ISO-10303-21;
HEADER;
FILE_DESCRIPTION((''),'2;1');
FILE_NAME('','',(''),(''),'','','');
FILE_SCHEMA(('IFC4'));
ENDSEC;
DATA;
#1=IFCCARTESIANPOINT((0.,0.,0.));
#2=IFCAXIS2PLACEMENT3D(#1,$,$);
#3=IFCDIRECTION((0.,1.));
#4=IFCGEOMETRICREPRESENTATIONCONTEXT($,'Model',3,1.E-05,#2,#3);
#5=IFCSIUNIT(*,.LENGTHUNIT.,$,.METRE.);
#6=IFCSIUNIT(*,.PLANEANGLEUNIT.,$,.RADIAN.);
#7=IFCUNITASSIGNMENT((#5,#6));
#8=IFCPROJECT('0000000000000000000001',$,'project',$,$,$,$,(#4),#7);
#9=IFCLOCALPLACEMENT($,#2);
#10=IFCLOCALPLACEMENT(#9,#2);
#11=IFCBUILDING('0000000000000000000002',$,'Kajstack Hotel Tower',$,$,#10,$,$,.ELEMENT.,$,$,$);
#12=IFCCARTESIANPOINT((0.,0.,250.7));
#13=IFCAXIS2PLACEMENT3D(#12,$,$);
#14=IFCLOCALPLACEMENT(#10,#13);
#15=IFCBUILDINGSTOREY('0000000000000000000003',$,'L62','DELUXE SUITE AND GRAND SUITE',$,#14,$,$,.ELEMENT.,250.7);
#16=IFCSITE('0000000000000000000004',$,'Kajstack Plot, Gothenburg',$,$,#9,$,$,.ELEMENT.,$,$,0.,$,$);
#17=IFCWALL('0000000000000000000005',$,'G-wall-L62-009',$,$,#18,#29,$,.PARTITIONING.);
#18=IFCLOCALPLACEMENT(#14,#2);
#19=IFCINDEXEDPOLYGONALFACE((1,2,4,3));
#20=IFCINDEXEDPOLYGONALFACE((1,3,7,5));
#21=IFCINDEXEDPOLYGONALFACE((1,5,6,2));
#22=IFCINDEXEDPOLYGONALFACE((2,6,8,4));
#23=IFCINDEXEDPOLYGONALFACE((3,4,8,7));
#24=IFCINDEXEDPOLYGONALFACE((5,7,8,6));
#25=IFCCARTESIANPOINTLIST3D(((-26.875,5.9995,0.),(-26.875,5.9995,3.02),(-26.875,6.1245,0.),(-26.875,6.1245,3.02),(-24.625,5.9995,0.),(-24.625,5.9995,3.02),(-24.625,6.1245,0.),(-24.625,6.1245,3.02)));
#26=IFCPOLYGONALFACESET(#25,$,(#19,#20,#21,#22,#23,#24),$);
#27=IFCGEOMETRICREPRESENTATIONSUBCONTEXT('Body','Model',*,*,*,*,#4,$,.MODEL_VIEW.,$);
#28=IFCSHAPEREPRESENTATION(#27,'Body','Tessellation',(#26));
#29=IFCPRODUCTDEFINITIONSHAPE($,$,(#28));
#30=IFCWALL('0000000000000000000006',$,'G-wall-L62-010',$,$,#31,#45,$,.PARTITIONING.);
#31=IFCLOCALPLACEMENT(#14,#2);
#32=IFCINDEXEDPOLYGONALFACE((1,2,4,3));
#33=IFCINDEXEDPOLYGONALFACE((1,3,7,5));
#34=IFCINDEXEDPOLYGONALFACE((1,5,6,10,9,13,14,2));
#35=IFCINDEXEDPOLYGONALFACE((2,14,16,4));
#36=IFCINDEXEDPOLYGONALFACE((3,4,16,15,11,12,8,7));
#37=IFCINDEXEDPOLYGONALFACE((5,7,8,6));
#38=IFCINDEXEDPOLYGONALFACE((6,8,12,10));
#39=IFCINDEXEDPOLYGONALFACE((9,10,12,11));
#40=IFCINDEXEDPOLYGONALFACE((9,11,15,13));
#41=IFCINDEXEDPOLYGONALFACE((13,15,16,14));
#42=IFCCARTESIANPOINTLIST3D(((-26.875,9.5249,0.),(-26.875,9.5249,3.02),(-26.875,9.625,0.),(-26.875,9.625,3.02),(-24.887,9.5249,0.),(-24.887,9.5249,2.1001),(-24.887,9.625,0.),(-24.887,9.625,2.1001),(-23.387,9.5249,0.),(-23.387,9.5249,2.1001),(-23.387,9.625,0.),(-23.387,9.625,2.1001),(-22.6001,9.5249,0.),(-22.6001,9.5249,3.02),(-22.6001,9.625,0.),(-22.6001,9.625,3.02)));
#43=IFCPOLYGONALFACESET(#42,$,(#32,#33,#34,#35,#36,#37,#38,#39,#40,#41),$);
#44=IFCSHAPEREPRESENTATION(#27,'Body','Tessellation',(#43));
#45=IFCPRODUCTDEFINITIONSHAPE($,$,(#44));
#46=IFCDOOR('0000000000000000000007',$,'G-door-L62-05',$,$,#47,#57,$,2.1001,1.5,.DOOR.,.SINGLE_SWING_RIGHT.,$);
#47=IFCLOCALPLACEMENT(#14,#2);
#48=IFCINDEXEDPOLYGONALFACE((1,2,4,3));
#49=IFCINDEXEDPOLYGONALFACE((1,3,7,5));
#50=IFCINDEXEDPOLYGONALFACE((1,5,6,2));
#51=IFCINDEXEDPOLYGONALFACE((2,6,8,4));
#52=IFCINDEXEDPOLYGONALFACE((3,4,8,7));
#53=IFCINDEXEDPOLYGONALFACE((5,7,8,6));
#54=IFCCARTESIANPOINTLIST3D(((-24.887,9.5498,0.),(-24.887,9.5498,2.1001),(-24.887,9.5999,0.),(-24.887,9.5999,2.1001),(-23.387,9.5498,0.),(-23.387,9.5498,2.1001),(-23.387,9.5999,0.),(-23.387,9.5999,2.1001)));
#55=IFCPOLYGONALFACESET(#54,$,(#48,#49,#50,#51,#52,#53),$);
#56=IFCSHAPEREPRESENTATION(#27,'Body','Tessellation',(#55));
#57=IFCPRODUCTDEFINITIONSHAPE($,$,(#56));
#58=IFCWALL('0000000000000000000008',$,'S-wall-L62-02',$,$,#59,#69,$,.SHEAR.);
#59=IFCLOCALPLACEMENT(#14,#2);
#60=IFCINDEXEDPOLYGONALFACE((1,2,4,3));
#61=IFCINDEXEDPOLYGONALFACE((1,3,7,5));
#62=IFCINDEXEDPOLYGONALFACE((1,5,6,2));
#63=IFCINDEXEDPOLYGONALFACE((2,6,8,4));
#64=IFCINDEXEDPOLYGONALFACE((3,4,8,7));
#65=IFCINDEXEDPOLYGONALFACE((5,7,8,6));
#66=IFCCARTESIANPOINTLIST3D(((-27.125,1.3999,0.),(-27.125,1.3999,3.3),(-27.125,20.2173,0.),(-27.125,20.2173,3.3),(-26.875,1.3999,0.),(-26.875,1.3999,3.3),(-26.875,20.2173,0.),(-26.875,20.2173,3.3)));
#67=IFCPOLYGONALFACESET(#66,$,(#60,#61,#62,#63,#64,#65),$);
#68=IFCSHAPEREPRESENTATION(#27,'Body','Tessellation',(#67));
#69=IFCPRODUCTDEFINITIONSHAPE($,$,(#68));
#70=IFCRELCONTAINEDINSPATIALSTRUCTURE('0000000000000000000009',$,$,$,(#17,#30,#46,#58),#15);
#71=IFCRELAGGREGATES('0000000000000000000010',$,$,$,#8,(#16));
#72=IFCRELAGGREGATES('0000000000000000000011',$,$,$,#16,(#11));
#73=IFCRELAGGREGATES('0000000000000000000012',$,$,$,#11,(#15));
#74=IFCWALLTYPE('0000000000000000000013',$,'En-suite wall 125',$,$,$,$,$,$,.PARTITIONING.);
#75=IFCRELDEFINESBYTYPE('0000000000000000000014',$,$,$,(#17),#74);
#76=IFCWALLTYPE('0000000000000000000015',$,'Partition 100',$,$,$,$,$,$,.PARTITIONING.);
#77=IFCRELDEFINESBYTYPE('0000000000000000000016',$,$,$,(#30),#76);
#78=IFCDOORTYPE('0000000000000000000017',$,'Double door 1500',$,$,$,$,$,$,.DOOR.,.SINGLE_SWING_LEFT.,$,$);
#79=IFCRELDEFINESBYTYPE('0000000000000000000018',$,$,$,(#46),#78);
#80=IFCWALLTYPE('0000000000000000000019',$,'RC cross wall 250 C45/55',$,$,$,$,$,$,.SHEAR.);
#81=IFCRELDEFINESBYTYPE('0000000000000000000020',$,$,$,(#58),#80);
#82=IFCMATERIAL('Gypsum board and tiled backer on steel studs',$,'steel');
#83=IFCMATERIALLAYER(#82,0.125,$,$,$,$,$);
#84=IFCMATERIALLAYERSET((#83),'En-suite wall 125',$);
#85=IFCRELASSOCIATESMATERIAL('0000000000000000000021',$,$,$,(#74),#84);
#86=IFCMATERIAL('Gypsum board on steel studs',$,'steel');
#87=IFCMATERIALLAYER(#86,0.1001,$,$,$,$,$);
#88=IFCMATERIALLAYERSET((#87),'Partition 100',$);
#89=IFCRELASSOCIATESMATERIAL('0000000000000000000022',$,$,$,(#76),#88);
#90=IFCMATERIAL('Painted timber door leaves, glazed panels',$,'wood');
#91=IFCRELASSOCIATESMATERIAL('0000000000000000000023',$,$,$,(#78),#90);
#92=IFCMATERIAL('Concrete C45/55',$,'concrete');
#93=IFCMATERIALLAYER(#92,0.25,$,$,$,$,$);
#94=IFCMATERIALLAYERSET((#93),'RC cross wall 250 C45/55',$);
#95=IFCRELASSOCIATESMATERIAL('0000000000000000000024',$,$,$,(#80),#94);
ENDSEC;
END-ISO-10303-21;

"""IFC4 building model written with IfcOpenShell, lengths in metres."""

from ifc_helpers import new_model, si_unit, direction, frame, frame_2d, origin, place, context, subcontext, project, spatial, rectangle, extrude, material, layer, layer_set, type_object, element, fill, save


model = new_model("IFC4")

# Units and contexts
model_context = context("Model", 3, precision=1e-05, world=origin(), true_north=direction((0.0, 1.0)))
body_context = subcontext(model_context, "Body", "Model", "MODEL_VIEW")
ifc_project = project(units=[si_unit("LENGTHUNIT", "METRE"), si_unit("PLANEANGLEUNIT", "RADIAN")], contexts=[model_context])

# Site, building, storey
site_placement = place(None, origin())
site = spatial("IfcSite", under=ifc_project, at=site_placement, Name="Kajstack Plot, Gothenburg", CompositionType="ELEMENT", RefElevation=0.0)
building_placement = place(site_placement, origin())
building = spatial("IfcBuilding", under=site, at=building_placement, Name="Kajstack Hotel Tower", CompositionType="ELEMENT")
storey_placement = place(building_placement, frame((0.0, 0.0, 250.7)))
storey = spatial("IfcBuildingStorey", under=building, at=storey_placement, Name="L62", Description="DELUXE SUITE AND GRAND SUITE", CompositionType="ELEMENT", Elevation=250.7)

# Shared definitions
ifc_material_1 = material(Name="Gypsum board and tiled backer on steel studs", Category="steel")
ifc_layer_1 = layer(ifc_material_1, 0.125)
ifc_layer_set_1 = layer_set([ifc_layer_1], Name="En-suite wall 125")
wall_type_1 = type_object("IfcWallType", Name="En-suite wall 125", PredefinedType="PARTITIONING", material=ifc_layer_set_1)

# Wall
wall_1_placement = place(storey_placement, frame((-26.875, 6.062, 0.0), z_axis=(0.0, 0.0, 1.0), x_axis=(1.0, 0.0, 0.0)))
element("IfcWall", 1, at=wall_1_placement, inside=storey, type_object=wall_type_1, Name="G-wall-L62-009", PredefinedType="PARTITIONING", context=body_context, shape_type="SweptSolid", body=[
    extrude(rectangle(XDim=2.25, YDim=0.125, at=frame_2d((1.125, 0.0))), origin(), (0.0, 0.0, 1.0), 3.02),
])

# Wall, opening, door
ifc_material_2 = material(Name="Gypsum board on steel studs", Category="steel")
ifc_layer_2 = layer(ifc_material_2, 0.1001)
ifc_layer_set_2 = layer_set([ifc_layer_2], Name="Partition 100")
wall_type_2 = type_object("IfcWallType", Name="Partition 100", PredefinedType="PARTITIONING", material=ifc_layer_set_2)
wall_2_placement = place(storey_placement, frame((-26.875, 9.575, 0.0), z_axis=(0.0, 0.0, 1.0), x_axis=(1.0, 0.0, 0.0)))
wall_2 = element("IfcWall", 2, at=wall_2_placement, inside=storey, type_object=wall_type_2, Name="G-wall-L62-010", PredefinedType="PARTITIONING", context=body_context, shape_type="SweptSolid", body=[
    extrude(rectangle(XDim=4.2749, YDim=0.1001, at=frame_2d((2.1375, 0.0))), origin(), (0.0, 0.0, 1.0), 3.02),
])
opening_1_placement = place(wall_2_placement, frame((1.988, 0.0, 0.0)))
opening_1 = element("IfcOpeningElement", 3, at=opening_1_placement, cuts=wall_2, PredefinedType="OPENING", context=body_context, shape_type="SweptSolid", body=[
    extrude(rectangle(XDim=1.5, YDim=2.1001, at=frame_2d((0.75, 1.05))), frame((0.0, 0.0601, 0.0), z_axis=(0.0, -1.0, 0.0), x_axis=(1.0, 0.0, 0.0)), (0.0, 0.0, 1.0), 0.1201),
])
ifc_material_3 = material(Name="Painted timber door leaves, glazed panels", Category="wood")
door_type_1 = type_object("IfcDoorType", Name="Double door 1500", OperationType="SINGLE_SWING_LEFT", PredefinedType="DOOR", material=ifc_material_3)
door_1_placement = place(opening_1_placement, origin())
door_1 = element("IfcDoor", 4, at=door_1_placement, inside=storey, type_object=door_type_1, Name="G-door-L62-05", OperationType="SINGLE_SWING_RIGHT", OverallHeight=2.1001, OverallWidth=1.5, PredefinedType="DOOR", context=body_context, shape_type="SweptSolid", body=[
    extrude(rectangle(XDim=1.5, YDim=2.1001, at=frame_2d((0.75, 1.05))), frame((0.0, 0.0249, 0.0), z_axis=(0.0, -1.0, 0.0), x_axis=(1.0, 0.0, 0.0)), (0.0, 0.0, 1.0), 0.05),
])
fill(opening_1, door_1)

# Wall
ifc_material_4 = material(Name="Concrete C45/55", Category="concrete")
ifc_layer_3 = layer(ifc_material_4, 0.25)
ifc_layer_set_3 = layer_set([ifc_layer_3], Name="RC cross wall 250 C45/55")
wall_type_3 = type_object("IfcWallType", Name="RC cross wall 250 C45/55", PredefinedType="SHEAR", material=ifc_layer_set_3)
wall_3_placement = place(storey_placement, frame((-27.0, 1.3999, 0.0), z_axis=(0.0, 0.0, 1.0), x_axis=(0.0, 1.0, 0.0)))
element("IfcWall", 5, at=wall_3_placement, inside=storey, type_object=wall_type_3, Name="S-wall-L62-02", PredefinedType="SHEAR", context=body_context, shape_type="SweptSolid", body=[
    extrude(rectangle(XDim=18.8174, YDim=0.25, at=frame_2d((9.4087, 0.0))), origin(), (0.0, 0.0, 1.0), 3.3),
])

save(model, "model.ifc")
